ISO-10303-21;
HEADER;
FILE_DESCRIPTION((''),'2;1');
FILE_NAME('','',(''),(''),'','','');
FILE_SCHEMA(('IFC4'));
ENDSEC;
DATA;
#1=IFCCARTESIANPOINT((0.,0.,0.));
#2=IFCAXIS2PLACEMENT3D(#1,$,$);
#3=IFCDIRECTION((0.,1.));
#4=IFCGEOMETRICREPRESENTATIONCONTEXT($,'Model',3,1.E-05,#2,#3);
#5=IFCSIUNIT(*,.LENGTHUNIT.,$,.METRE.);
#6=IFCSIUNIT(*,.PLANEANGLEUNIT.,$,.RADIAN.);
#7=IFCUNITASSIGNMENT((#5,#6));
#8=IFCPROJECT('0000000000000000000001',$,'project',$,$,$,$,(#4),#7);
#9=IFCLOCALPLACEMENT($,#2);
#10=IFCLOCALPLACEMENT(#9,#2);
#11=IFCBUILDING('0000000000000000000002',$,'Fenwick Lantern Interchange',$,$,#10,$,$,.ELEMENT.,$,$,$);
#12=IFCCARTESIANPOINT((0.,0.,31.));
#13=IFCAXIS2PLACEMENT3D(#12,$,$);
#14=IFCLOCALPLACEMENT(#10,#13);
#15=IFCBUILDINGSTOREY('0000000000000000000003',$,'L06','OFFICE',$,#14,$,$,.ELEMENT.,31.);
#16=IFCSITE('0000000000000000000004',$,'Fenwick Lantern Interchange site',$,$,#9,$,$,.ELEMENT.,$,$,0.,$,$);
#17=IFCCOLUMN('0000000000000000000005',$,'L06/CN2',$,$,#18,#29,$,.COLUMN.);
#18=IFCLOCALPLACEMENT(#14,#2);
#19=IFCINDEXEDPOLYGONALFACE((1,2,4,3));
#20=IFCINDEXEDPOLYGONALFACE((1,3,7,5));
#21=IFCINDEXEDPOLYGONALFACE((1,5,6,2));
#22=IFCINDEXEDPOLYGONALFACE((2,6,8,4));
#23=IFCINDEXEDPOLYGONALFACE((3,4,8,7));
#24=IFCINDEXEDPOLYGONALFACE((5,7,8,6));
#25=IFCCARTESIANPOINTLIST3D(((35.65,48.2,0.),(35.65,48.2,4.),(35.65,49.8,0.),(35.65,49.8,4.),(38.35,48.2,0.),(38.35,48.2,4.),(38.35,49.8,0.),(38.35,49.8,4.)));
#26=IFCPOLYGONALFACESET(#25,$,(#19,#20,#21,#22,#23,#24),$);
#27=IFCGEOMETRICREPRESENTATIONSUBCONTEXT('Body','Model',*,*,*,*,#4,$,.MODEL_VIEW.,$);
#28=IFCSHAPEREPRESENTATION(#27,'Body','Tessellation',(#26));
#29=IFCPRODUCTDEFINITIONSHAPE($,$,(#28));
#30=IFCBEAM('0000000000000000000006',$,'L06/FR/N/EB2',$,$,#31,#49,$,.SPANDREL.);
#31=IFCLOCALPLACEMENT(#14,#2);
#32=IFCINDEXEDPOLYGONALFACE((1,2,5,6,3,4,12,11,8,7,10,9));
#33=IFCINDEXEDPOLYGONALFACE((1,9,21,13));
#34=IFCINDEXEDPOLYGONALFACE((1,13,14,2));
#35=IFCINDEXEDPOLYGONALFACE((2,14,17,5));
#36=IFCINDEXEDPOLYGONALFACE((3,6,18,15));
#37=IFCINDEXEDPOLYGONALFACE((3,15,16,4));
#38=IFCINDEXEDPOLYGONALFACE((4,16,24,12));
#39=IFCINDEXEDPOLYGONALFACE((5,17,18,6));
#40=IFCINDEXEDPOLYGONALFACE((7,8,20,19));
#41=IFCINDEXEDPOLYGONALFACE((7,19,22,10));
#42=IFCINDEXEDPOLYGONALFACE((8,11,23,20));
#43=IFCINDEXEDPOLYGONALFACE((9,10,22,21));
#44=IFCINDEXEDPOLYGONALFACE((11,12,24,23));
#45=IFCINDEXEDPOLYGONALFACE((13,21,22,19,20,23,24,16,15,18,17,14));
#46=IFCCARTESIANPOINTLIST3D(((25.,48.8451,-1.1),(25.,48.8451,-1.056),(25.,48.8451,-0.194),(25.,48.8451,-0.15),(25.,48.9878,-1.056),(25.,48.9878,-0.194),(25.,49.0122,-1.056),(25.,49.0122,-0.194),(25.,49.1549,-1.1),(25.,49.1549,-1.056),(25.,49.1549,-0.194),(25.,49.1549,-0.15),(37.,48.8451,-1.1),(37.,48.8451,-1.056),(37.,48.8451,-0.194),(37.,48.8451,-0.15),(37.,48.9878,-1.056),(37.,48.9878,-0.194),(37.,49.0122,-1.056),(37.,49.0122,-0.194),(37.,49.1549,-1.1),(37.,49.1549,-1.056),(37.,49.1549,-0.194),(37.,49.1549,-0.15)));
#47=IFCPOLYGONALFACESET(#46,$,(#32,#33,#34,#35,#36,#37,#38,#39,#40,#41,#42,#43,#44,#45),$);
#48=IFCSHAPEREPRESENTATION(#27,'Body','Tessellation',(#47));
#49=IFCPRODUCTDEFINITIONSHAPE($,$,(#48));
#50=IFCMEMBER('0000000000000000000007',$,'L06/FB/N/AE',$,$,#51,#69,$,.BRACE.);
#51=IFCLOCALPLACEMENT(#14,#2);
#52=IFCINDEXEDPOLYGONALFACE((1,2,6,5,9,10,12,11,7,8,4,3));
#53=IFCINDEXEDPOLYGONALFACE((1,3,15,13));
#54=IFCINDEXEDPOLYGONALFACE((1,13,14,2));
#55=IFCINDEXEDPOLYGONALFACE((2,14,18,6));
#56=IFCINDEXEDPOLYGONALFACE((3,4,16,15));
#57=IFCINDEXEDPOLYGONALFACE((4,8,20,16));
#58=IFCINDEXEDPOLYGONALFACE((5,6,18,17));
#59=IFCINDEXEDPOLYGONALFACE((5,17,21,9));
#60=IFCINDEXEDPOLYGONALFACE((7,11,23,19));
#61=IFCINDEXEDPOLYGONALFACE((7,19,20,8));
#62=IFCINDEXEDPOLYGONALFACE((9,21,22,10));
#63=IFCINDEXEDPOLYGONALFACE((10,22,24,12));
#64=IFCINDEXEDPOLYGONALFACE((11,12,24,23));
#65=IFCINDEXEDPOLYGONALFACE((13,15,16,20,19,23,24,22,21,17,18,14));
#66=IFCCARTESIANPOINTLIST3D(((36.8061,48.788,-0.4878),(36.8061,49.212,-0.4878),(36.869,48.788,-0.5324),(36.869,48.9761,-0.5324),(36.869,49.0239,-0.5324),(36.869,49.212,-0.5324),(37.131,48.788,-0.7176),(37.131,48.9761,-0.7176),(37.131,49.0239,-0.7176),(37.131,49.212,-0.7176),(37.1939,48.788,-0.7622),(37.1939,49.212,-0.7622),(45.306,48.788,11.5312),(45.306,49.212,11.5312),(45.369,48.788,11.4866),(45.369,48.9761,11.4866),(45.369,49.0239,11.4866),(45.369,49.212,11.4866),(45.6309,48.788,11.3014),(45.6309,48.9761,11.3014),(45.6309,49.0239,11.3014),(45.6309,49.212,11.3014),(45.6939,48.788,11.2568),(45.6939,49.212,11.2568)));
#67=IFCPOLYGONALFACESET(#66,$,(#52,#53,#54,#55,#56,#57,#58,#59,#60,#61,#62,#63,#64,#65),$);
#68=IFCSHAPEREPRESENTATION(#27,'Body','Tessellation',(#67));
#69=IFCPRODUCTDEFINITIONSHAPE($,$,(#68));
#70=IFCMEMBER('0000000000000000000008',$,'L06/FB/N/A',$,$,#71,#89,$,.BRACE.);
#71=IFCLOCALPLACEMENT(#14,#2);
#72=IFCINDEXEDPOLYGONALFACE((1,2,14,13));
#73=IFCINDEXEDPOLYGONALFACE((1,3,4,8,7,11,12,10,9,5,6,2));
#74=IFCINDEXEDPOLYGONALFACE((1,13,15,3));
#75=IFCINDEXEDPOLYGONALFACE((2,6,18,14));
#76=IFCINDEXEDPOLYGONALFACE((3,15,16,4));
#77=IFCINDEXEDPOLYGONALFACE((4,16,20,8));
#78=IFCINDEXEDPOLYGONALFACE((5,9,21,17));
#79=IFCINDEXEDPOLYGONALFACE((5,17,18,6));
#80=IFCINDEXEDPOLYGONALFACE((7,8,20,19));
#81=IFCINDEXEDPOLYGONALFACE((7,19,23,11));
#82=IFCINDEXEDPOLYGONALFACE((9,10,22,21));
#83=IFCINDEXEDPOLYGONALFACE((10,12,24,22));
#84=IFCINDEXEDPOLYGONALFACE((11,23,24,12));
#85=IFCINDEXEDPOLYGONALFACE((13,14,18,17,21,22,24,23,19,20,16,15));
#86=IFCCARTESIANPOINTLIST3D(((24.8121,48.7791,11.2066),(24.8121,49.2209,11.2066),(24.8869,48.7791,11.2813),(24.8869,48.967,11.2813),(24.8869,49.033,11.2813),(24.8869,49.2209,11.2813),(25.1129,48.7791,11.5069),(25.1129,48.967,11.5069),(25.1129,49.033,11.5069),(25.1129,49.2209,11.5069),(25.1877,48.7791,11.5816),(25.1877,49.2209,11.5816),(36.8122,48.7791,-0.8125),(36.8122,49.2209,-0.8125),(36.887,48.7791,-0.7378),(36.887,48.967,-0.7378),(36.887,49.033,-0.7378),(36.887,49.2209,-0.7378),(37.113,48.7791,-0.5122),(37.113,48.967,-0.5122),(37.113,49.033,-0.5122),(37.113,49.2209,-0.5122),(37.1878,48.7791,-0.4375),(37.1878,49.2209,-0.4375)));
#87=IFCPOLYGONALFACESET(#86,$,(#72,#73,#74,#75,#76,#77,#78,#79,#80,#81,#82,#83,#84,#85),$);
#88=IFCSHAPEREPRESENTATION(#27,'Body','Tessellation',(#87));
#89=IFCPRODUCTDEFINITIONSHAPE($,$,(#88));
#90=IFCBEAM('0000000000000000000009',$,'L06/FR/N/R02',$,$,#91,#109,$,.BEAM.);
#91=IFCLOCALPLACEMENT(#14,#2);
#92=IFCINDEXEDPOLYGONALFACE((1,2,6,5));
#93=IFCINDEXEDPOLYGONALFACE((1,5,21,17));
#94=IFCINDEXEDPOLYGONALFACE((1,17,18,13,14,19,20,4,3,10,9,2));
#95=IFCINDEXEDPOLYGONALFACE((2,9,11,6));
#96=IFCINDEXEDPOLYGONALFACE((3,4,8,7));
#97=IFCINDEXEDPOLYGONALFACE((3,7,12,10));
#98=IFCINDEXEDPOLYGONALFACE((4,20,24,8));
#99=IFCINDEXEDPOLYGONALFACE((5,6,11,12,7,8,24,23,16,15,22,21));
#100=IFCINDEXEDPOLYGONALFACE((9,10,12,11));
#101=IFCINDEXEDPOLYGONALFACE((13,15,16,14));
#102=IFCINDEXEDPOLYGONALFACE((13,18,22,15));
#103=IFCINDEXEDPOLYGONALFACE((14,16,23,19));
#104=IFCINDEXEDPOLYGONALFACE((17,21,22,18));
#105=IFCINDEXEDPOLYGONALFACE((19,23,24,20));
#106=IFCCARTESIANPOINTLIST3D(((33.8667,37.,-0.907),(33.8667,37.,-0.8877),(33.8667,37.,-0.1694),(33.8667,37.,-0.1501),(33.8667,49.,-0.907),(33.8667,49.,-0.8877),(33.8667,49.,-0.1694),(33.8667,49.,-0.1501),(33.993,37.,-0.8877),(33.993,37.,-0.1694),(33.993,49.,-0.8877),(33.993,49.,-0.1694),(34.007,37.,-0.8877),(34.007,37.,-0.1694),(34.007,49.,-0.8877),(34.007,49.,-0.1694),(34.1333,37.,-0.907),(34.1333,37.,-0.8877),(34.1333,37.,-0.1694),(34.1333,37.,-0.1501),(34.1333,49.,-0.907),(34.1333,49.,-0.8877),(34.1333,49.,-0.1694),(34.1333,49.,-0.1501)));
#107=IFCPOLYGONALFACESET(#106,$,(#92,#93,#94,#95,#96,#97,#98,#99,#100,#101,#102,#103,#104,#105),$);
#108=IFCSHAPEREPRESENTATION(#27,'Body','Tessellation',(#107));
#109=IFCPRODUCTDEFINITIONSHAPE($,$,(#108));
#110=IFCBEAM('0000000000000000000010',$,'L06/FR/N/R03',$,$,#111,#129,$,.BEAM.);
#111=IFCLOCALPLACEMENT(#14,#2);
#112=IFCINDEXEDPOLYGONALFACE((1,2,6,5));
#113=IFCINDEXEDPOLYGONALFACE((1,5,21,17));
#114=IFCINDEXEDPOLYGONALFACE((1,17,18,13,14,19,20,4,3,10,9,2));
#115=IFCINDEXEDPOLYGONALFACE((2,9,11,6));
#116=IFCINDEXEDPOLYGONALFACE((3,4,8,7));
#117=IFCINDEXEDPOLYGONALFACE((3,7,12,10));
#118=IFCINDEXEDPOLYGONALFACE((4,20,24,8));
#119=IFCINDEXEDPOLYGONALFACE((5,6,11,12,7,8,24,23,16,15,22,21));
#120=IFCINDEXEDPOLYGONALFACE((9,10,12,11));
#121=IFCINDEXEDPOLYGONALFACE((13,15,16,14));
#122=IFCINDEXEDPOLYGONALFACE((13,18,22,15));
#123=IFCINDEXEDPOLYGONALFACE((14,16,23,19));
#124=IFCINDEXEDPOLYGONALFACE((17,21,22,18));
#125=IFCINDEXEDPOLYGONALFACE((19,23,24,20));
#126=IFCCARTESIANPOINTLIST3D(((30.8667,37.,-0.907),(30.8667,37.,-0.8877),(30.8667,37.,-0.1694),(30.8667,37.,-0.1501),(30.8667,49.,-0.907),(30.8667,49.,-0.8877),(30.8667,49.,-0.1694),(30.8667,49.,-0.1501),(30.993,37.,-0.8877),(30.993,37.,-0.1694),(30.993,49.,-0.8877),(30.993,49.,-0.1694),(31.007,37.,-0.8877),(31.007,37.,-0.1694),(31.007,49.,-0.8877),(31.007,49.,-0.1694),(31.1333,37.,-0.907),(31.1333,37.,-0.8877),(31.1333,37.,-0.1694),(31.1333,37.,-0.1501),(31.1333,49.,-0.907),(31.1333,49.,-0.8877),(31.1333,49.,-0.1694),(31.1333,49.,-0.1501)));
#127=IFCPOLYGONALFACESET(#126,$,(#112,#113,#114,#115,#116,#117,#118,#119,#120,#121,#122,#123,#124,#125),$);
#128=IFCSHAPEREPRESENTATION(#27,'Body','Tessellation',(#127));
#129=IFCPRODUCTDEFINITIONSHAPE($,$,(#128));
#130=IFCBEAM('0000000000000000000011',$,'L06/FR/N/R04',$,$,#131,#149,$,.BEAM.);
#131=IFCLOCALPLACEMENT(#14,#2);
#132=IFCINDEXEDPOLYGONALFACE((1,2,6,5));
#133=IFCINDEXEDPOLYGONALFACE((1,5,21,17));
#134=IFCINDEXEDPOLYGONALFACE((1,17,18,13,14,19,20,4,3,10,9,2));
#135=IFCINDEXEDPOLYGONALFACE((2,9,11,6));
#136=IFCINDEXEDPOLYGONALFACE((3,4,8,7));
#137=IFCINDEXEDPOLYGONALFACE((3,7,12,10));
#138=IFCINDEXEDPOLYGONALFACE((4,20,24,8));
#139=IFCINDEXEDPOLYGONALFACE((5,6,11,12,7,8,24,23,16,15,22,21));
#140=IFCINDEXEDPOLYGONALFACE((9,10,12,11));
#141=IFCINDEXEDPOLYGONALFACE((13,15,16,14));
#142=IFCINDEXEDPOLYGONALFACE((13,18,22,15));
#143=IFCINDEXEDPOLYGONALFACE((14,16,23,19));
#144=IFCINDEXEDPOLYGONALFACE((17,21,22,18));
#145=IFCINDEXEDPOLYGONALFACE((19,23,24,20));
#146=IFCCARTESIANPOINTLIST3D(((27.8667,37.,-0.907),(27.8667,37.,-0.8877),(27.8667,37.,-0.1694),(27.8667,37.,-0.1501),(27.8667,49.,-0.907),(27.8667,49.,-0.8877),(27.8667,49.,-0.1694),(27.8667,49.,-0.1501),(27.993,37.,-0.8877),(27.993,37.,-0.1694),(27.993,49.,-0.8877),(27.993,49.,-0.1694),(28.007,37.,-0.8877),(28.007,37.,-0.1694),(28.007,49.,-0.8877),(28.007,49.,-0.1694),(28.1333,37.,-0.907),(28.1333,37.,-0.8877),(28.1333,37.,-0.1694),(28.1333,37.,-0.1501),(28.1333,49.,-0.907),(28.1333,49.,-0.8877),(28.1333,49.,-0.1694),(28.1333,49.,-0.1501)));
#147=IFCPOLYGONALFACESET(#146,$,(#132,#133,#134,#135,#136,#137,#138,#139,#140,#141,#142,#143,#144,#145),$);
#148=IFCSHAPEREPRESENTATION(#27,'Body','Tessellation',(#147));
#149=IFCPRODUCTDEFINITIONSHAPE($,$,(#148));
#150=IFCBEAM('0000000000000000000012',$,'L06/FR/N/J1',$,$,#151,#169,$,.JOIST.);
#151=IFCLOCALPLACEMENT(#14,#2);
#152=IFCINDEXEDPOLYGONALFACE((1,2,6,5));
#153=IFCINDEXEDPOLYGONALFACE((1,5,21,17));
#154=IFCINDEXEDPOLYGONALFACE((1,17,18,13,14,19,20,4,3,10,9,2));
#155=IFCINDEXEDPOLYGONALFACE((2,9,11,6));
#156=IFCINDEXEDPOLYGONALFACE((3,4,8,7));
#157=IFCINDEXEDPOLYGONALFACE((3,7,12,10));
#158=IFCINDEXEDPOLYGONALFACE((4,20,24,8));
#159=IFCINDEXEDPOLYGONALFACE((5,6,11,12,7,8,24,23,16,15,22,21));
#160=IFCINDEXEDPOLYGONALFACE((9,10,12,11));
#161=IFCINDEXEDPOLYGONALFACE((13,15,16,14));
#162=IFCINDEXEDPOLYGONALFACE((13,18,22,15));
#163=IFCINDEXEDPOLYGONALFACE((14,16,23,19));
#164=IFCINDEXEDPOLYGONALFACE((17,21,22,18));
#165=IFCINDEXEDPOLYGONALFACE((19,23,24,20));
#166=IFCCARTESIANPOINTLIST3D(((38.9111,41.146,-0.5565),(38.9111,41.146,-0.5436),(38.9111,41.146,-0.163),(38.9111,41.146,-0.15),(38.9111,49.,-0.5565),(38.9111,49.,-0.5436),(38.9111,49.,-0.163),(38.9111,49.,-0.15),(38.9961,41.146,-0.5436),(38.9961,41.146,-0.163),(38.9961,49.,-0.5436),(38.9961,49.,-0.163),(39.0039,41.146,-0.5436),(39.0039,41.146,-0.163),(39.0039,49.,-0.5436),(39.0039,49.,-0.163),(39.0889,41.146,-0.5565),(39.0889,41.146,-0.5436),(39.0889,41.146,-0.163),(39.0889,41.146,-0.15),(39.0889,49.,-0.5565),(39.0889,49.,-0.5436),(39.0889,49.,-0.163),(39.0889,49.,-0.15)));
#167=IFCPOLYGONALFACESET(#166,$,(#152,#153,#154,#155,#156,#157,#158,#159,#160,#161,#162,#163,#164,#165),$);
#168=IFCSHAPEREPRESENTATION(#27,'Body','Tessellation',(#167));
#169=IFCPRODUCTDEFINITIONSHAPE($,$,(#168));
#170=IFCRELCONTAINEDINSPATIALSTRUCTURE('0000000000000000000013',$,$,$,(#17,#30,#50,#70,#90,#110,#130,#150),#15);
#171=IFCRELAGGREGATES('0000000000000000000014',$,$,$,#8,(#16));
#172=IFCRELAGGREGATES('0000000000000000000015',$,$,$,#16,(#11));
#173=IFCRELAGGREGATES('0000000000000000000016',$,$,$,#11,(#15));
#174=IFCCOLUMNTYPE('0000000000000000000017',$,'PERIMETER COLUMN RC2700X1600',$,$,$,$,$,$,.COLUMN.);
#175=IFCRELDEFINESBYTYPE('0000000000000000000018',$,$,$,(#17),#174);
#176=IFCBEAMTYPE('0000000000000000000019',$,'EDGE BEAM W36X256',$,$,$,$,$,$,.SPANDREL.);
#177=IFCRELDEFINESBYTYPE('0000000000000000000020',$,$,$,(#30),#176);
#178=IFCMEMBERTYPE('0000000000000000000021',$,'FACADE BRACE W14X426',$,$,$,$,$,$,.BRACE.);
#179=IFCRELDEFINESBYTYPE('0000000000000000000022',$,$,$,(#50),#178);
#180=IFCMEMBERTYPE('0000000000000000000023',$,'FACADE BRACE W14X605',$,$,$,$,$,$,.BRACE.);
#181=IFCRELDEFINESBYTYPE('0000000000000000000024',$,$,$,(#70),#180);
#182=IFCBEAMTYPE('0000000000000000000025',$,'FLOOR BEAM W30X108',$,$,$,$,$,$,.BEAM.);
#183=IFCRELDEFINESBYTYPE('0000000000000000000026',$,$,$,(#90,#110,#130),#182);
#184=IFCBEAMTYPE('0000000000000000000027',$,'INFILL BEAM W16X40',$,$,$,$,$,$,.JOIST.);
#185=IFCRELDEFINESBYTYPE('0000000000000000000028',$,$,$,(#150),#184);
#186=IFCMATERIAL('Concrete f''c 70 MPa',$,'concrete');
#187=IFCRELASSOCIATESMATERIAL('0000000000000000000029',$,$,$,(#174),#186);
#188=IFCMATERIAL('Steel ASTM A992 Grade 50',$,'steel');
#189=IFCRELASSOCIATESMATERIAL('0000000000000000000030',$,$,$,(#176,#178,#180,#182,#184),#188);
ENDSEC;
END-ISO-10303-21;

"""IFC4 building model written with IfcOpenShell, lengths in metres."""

from ifc_helpers import new_model, si_unit, direction, frame, origin, origin_2d, place, context, subcontext, project, spatial, rectangle, i_section, extrude, material, material_profile, profile_set, type_object, element, save


model = new_model("IFC4")

# Units and contexts
model_context = context("Model", 3, precision=1e-05, world=origin(), true_north=direction((0.0, 1.0)))
body_context = subcontext(model_context, "Body", "Model", "MODEL_VIEW")
ifc_project = project(units=[si_unit("LENGTHUNIT", "METRE"), si_unit("PLANEANGLEUNIT", "RADIAN")], contexts=[model_context])

# Site, building, storey
site_placement = place(None, origin())
site = spatial("IfcSite", under=ifc_project, at=site_placement, Name="Fenwick Lantern Interchange site", CompositionType="ELEMENT", RefElevation=0.0)
building_placement = place(site_placement, origin())
building = spatial("IfcBuilding", under=site, at=building_placement, Name="Fenwick Lantern Interchange", CompositionType="ELEMENT")
storey_placement = place(building_placement, frame((0.0, 0.0, 31.0)))
storey = spatial("IfcBuildingStorey", under=building, at=storey_placement, Name="L06", Description="OFFICE", CompositionType="ELEMENT", Elevation=31.0)

# Column
ifc_material_1 = material(Name="Concrete f'c 70 MPa", Category="concrete")
ifc_material_profile_1 = material_profile(ifc_material_1, rectangle(XDim=2.7, YDim=1.6001, at=origin_2d()), Name="RC2700X1600")
ifc_profile_set_1 = profile_set([ifc_material_profile_1], Name="Concrete f'c 70 MPa")
column_type = type_object("IfcColumnType", Name="PERIMETER COLUMN RC2700X1600", PredefinedType="COLUMN", material=ifc_profile_set_1)
column_placement = place(storey_placement, frame((37.0, 49.0, 0.0), z_axis=(0.0, 0.0, 1.0), x_axis=(1.0, 0.0, 0.0)))
element("IfcColumn", 1, at=column_placement, inside=storey, type_object=column_type, Name="L06/CN2", PredefinedType="COLUMN", context=body_context, shape_type="SweptSolid", body=[
    extrude(rectangle(XDim=2.7, YDim=1.6001, at=origin_2d()), origin(), (0.0, 0.0, 1.0), 4.0),
])

# Beam
ifc_material_2 = material(Name="Steel ASTM A992 Grade 50", Category="steel")
ifc_material_profile_2 = material_profile(ifc_material_2, i_section(OverallWidth=0.3098, OverallDepth=0.95, WebThickness=0.0244, FlangeThickness=0.0439, at=origin_2d()), Name="W36X256")
ifc_profile_set_2 = profile_set([ifc_material_profile_2], Name="Steel ASTM A992 Grade 50")
beam_type_1 = type_object("IfcBeamType", Name="EDGE BEAM W36X256", PredefinedType="SPANDREL", material=ifc_profile_set_2)
beam_1_placement = place(storey_placement, frame((37.0, 49.0, -0.625), z_axis=(-1.0, 0.0, 0.0), x_axis=(0.0, -1.0, 0.0)))
element("IfcBeam", 2, at=beam_1_placement, inside=storey, type_object=beam_type_1, Name="L06/FR/N/EB2", PredefinedType="SPANDREL", context=body_context, shape_type="SweptSolid", body=[
    extrude(i_section(OverallWidth=0.3098, OverallDepth=0.95, WebThickness=0.0244, FlangeThickness=0.0439, at=origin_2d()), origin(), (0.0, 0.0, 1.0), 12.0),
])

# Members
ifc_material_profile_3 = material_profile(ifc_material_2, i_section(OverallWidth=0.4241, OverallDepth=0.4751, WebThickness=0.0479, FlangeThickness=0.0771, at=origin_2d()), Name="W14X426")
ifc_profile_set_3 = profile_set([ifc_material_profile_3], Name="Steel ASTM A992 Grade 50")
member_type_1 = type_object("IfcMemberType", Name="FACADE BRACE W14X426", PredefinedType="BRACE", material=ifc_profile_set_3)
member_1_placement = place(storey_placement, frame((37.0, 49.0, -0.625), z_axis=(0.577407, 0.0, 0.816456), x_axis=(0.0, 1.0, 0.0)))
element("IfcMember", 3, at=member_1_placement, inside=storey, type_object=member_type_1, Name="L06/FB/N/AE", PredefinedType="BRACE", context=body_context, shape_type="SweptSolid", body=[
    extrude(i_section(OverallWidth=0.4241, OverallDepth=0.4751, WebThickness=0.0479, FlangeThickness=0.0771, at=origin_2d()), origin(), (0.0, 0.0, 1.0), 14.7209),
])
ifc_material_profile_4 = material_profile(ifc_material_2, i_section(OverallWidth=0.4419, OverallDepth=0.5308, WebThickness=0.0659, FlangeThickness=0.1057, at=origin_2d()), Name="W14X605")
ifc_profile_set_4 = profile_set([ifc_material_profile_4], Name="Steel ASTM A992 Grade 50")
member_type_2 = type_object("IfcMemberType", Name="FACADE BRACE W14X605", PredefinedType="BRACE", material=ifc_profile_set_4)
member_2_placement = place(storey_placement, frame((37.0, 49.0, -0.625), z_axis=(-0.706546, 0.0, 0.707667), x_axis=(0.0, -1.0, 0.0)))
element("IfcMember", 4, at=member_2_placement, inside=storey, type_object=member_type_2, Name="L06/FB/N/A", PredefinedType="BRACE", context=body_context, shape_type="SweptSolid", body=[
    extrude(i_section(OverallWidth=0.4419, OverallDepth=0.5308, WebThickness=0.0659, FlangeThickness=0.1057, at=origin_2d()), origin(), (0.0, 0.0, 1.0), 16.9841),
])

# Beams
ifc_material_profile_5 = material_profile(ifc_material_2, i_section(OverallWidth=0.2666, OverallDepth=0.7568, WebThickness=0.0139, FlangeThickness=0.0193, at=origin_2d()), Name="W30X108")
ifc_profile_set_5 = profile_set([ifc_material_profile_5], Name="Steel ASTM A992 Grade 50")
beam_type_2 = type_object("IfcBeamType", Name="FLOOR BEAM W30X108", PredefinedType="BEAM", material=ifc_profile_set_5)
for number, where, z_axis, x_axis, name in (
    (5, (34.0, 49.0, -0.5286), (0.0, -1.0, 0.0), (1.0, 0.0, 0.0), "L06/FR/N/R02"),
    (6, (31.0, 49.0, -0.5286), (0.0, -1.0, 0.0), (1.0, 0.0, 0.0), "L06/FR/N/R03"),
    (7, (28.0, 49.0, -0.5286), (0.0, -1.0, 0.0), (1.0, 0.0, 0.0), "L06/FR/N/R04"),
):
    element("IfcBeam", number, at=place(storey_placement, frame(where, z_axis=z_axis, x_axis=x_axis)), inside=storey, type_object=beam_type_2, Name=name, PredefinedType="BEAM", context=body_context, shape_type="SweptSolid", body=[
        extrude(i_section(OverallWidth=0.2666, OverallDepth=0.7568, WebThickness=0.0139, FlangeThickness=0.0193, at=origin_2d()), origin(), (0.0, 0.0, 1.0), 12.0),
    ])
ifc_material_profile_6 = material_profile(ifc_material_2, i_section(OverallWidth=0.1777, OverallDepth=0.4065, WebThickness=0.0078, FlangeThickness=0.0129, at=origin_2d()), Name="W16X40")
ifc_profile_set_6 = profile_set([ifc_material_profile_6], Name="Steel ASTM A992 Grade 50")
beam_type_3 = type_object("IfcBeamType", Name="INFILL BEAM W16X40", PredefinedType="JOIST", material=ifc_profile_set_6)
beam_2_placement = place(storey_placement, frame((39.0, 49.0, -0.3533), z_axis=(0.0, -1.0, 0.0), x_axis=(1.0, 0.0, 0.0)))
element("IfcBeam", 8, at=beam_2_placement, inside=storey, type_object=beam_type_3, Name="L06/FR/N/J1", PredefinedType="JOIST", context=body_context, shape_type="SweptSolid", body=[
    extrude(i_section(OverallWidth=0.1777, OverallDepth=0.4065, WebThickness=0.0078, FlangeThickness=0.0129, at=origin_2d()), origin(), (0.0, 0.0, 1.0), 7.854),
])

save(model, "model.ifc")
